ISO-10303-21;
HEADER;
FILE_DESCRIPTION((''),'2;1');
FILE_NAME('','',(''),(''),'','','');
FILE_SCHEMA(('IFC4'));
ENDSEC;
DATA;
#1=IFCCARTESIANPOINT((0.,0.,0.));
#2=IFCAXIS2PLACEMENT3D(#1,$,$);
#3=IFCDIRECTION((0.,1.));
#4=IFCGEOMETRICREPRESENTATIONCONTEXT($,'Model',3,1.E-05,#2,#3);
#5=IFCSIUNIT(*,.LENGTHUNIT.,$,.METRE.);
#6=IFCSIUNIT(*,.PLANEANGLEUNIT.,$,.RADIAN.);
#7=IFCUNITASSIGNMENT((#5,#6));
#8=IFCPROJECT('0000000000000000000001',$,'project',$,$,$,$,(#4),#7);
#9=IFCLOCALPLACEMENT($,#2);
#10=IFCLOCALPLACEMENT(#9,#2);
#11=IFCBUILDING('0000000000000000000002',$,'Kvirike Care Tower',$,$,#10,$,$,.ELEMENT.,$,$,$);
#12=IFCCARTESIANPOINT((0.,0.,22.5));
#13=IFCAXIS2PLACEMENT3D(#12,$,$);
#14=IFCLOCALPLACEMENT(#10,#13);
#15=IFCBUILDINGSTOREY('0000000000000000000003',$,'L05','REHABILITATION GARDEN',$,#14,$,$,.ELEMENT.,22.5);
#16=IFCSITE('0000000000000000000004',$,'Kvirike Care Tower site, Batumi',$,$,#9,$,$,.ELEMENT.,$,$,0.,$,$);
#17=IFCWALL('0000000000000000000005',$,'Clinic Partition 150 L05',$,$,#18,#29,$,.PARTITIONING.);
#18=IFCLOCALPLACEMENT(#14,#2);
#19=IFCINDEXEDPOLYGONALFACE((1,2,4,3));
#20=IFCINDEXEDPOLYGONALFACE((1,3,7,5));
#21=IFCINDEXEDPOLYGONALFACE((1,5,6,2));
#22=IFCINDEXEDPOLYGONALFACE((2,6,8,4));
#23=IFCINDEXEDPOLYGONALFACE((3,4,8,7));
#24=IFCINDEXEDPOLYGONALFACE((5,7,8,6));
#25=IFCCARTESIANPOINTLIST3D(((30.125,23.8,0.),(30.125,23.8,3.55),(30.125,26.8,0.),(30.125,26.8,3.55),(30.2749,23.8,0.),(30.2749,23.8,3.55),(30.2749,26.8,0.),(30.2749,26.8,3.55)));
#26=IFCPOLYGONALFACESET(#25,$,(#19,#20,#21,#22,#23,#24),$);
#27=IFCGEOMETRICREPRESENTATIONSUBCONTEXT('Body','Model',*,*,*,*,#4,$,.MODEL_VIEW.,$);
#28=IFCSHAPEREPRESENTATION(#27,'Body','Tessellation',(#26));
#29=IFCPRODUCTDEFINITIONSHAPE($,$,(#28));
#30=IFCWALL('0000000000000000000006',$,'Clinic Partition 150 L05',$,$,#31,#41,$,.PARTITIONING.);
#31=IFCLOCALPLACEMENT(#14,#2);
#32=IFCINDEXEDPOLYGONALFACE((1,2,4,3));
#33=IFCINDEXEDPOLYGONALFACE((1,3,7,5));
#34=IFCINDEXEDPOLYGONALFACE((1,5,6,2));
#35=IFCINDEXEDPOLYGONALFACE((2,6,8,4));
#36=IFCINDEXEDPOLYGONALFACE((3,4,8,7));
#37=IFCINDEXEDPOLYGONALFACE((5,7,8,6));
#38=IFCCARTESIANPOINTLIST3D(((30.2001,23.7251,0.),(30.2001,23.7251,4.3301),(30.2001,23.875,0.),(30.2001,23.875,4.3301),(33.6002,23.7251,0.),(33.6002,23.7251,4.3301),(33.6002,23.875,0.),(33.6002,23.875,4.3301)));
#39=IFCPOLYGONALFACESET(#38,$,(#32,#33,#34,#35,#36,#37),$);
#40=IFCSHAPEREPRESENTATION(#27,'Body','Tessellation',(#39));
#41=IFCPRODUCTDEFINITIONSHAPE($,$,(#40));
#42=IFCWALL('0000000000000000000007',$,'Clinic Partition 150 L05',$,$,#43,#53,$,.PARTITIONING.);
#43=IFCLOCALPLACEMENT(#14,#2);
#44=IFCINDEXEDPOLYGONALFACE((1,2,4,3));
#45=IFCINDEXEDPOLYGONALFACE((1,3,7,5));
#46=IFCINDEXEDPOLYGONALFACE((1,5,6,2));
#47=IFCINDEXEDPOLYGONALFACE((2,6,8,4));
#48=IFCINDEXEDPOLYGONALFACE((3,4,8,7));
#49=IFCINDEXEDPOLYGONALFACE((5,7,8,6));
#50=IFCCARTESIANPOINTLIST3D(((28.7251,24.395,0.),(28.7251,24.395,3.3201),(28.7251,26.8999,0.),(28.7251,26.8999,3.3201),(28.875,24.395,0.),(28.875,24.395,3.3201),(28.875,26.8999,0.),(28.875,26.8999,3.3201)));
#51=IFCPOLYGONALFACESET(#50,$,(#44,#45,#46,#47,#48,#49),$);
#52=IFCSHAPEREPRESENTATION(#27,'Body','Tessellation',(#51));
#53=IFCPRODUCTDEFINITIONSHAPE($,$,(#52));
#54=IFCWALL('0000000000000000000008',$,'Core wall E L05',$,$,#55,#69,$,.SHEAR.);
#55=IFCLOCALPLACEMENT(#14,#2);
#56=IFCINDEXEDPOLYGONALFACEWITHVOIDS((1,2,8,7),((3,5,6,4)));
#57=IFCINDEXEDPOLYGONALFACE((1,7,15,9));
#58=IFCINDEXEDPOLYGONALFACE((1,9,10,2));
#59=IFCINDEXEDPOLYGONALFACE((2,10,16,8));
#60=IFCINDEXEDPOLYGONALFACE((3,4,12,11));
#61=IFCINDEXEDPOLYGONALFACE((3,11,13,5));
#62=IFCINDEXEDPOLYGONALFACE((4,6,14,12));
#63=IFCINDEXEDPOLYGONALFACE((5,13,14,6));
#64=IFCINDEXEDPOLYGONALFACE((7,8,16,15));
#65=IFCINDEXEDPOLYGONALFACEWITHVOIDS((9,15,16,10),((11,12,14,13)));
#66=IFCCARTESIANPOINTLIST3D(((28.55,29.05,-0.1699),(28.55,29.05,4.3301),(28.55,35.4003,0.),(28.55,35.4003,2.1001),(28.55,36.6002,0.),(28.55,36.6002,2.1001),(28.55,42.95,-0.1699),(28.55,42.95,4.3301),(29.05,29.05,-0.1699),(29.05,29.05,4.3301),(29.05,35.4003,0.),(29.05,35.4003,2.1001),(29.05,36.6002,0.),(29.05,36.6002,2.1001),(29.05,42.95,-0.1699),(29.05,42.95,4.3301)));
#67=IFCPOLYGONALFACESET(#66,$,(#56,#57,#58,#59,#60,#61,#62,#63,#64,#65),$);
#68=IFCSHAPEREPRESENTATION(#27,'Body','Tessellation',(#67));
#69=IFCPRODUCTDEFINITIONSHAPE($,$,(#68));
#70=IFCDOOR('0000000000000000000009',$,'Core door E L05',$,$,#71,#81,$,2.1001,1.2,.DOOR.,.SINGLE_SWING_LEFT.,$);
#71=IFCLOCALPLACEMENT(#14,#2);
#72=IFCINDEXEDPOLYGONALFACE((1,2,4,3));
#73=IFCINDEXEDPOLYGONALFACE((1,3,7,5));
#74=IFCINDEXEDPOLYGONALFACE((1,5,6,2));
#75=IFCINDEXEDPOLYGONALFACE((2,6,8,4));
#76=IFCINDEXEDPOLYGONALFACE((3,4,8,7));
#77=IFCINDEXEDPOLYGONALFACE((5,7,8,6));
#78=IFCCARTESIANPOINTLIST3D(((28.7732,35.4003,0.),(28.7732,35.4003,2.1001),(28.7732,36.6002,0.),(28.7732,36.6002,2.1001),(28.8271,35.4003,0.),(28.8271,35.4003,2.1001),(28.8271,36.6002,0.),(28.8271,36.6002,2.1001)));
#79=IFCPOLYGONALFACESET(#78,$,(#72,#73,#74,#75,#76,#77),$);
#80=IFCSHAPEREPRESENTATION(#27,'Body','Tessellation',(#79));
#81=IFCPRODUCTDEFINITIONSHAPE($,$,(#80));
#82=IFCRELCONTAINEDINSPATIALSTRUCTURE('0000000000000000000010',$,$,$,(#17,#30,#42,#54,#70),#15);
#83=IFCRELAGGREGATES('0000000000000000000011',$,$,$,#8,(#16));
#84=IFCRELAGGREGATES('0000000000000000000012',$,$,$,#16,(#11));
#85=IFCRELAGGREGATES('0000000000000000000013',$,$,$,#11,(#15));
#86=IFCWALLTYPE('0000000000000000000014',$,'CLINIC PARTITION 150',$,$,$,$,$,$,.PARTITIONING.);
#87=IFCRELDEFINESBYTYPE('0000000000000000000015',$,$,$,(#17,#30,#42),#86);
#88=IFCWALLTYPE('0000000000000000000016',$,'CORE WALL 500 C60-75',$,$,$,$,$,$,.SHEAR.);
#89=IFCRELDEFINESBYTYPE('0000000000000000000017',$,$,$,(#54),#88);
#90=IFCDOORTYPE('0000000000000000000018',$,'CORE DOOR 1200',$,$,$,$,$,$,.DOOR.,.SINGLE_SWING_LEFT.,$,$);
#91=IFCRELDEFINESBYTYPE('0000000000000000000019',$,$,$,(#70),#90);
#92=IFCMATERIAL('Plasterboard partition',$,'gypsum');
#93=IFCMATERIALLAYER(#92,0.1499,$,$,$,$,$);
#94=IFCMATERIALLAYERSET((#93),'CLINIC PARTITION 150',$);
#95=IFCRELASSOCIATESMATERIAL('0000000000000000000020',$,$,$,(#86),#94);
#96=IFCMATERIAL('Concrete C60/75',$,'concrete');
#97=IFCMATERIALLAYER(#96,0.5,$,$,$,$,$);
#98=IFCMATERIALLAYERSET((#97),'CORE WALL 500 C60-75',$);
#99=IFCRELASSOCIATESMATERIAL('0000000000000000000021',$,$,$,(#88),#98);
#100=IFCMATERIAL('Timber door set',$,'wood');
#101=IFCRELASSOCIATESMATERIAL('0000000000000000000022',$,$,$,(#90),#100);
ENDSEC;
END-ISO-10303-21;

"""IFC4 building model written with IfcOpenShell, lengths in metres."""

from ifc_helpers import new_model, si_unit, direction, frame, frame_2d, origin, place, context, subcontext, project, spatial, rectangle, extrude, material, layer, layer_set, type_object, element, fill, save


model = new_model("IFC4")

# Units and contexts
model_context = context("Model", 3, precision=1e-05, world=origin(), true_north=direction((0.0, 1.0)))
body_context = subcontext(model_context, "Body", "Model", "MODEL_VIEW")
ifc_project = project(units=[si_unit("LENGTHUNIT", "METRE"), si_unit("PLANEANGLEUNIT", "RADIAN")], contexts=[model_context])

# Site, building, storey
site_placement = place(None, origin())
site = spatial("IfcSite", under=ifc_project, at=site_placement, Name="Kvirike Care Tower site, Batumi", CompositionType="ELEMENT", RefElevation=0.0)
building_placement = place(site_placement, origin())
building = spatial("IfcBuilding", under=site, at=building_placement, Name="Kvirike Care Tower", CompositionType="ELEMENT")
storey_placement = place(building_placement, frame((0.0, 0.0, 22.5)))
storey = spatial("IfcBuildingStorey", under=building, at=storey_placement, Name="L05", Description="REHABILITATION GARDEN", CompositionType="ELEMENT", Elevation=22.5)

# Walls
ifc_material_1 = material(Name="Plasterboard partition", Category="gypsum")
ifc_layer_1 = layer(ifc_material_1, 0.1499)
ifc_layer_set_1 = layer_set([ifc_layer_1], Name="CLINIC PARTITION 150")
wall_type_1 = type_object("IfcWallType", Name="CLINIC PARTITION 150", PredefinedType="PARTITIONING", material=ifc_layer_set_1)
wall_1_placement = place(storey_placement, frame((30.2, 23.8, 0.0), z_axis=(0.0, 0.0, 1.0), x_axis=(0.0, 1.0, 0.0)))
element("IfcWall", 1, at=wall_1_placement, inside=storey, type_object=wall_type_1, Name="Clinic Partition 150 L05", PredefinedType="PARTITIONING", context=body_context, shape_type="SweptSolid", body=[
    extrude(rectangle(XDim=3.0, YDim=0.1499, at=frame_2d((1.5, 0.0))), origin(), (0.0, 0.0, 1.0), 3.55),
])
wall_2_placement = place(storey_placement, frame((30.2, 23.8, 0.0), z_axis=(0.0, 0.0, 1.0), x_axis=(1.0, 0.0, 0.0)))
element("IfcWall", 2, at=wall_2_placement, inside=storey, type_object=wall_type_1, Name="Clinic Partition 150 L05", PredefinedType="PARTITIONING", context=body_context, shape_type="SweptSolid", body=[
    extrude(rectangle(XDim=3.4001, YDim=0.1499, at=frame_2d((1.7002, 0.0))), origin(), (0.0, 0.0, 1.0), 4.3301),
])
wall_3_placement = place(storey_placement, frame((28.8, 24.395, 0.0), z_axis=(0.0, 0.0, 1.0), x_axis=(0.0, 1.0, 0.0)))
element("IfcWall", 3, at=wall_3_placement, inside=storey, type_object=wall_type_1, Name="Clinic Partition 150 L05", PredefinedType="PARTITIONING", context=body_context, shape_type="SweptSolid", body=[
    extrude(rectangle(XDim=2.5049, YDim=0.1499, at=frame_2d((1.2524, 0.0))), origin(), (0.0, 0.0, 1.0), 3.3201),
])

# Wall, opening, door
ifc_material_2 = material(Name="Concrete C60/75", Category="concrete")
ifc_layer_2 = layer(ifc_material_2, 0.5)
ifc_layer_set_2 = layer_set([ifc_layer_2], Name="CORE WALL 500 C60-75")
wall_type_2 = type_object("IfcWallType", Name="CORE WALL 500 C60-75", PredefinedType="SHEAR", material=ifc_layer_set_2)
wall_4_placement = place(storey_placement, frame((28.8, 29.05, -0.1699), z_axis=(0.0, 0.0, 1.0), x_axis=(0.0, 1.0, 0.0)))
wall_4 = element("IfcWall", 4, at=wall_4_placement, inside=storey, type_object=wall_type_2, Name="Core wall E L05", PredefinedType="SHEAR", context=body_context, shape_type="SweptSolid", body=[
    extrude(rectangle(XDim=13.8999, YDim=0.5, at=frame_2d((6.95, 0.0))), origin(), (0.0, 0.0, 1.0), 4.5),
])
opening_1_placement = place(wall_4_placement, frame((6.3501, 0.0, 0.1699)))
opening_1 = element("IfcOpeningElement", 5, at=opening_1_placement, cuts=wall_4, PredefinedType="OPENING", context=body_context, shape_type="SweptSolid", body=[
    extrude(rectangle(XDim=1.2, YDim=2.1001, at=frame_2d((0.6001, 1.05))), frame((0.0, 0.2605, 0.0), z_axis=(0.0, -1.0, 0.0), x_axis=(1.0, 0.0, 0.0)), (0.0, 0.0, 1.0), 0.521),
])
ifc_material_3 = material(Name="Timber door set", Category="wood")
door_type_1 = type_object("IfcDoorType", Name="CORE DOOR 1200", OperationType="SINGLE_SWING_LEFT", PredefinedType="DOOR", material=ifc_material_3)
door_1_placement = place(opening_1_placement, origin())
door_1 = element("IfcDoor", 6, at=door_1_placement, inside=storey, type_object=door_type_1, Name="Core door E L05", OperationType="SINGLE_SWING_LEFT", OverallHeight=2.1001, OverallWidth=1.2, PredefinedType="DOOR", context=body_context, shape_type="SweptSolid", body=[
    extrude(rectangle(XDim=1.2, YDim=2.1001, at=frame_2d((0.6001, 1.05))), frame((0.0, 0.0269, 0.0), z_axis=(0.0, -1.0, 0.0), x_axis=(1.0, 0.0, 0.0)), (0.0, 0.0, 1.0), 0.054),
])
fill(opening_1, door_1)

save(model, "model.ifc")
